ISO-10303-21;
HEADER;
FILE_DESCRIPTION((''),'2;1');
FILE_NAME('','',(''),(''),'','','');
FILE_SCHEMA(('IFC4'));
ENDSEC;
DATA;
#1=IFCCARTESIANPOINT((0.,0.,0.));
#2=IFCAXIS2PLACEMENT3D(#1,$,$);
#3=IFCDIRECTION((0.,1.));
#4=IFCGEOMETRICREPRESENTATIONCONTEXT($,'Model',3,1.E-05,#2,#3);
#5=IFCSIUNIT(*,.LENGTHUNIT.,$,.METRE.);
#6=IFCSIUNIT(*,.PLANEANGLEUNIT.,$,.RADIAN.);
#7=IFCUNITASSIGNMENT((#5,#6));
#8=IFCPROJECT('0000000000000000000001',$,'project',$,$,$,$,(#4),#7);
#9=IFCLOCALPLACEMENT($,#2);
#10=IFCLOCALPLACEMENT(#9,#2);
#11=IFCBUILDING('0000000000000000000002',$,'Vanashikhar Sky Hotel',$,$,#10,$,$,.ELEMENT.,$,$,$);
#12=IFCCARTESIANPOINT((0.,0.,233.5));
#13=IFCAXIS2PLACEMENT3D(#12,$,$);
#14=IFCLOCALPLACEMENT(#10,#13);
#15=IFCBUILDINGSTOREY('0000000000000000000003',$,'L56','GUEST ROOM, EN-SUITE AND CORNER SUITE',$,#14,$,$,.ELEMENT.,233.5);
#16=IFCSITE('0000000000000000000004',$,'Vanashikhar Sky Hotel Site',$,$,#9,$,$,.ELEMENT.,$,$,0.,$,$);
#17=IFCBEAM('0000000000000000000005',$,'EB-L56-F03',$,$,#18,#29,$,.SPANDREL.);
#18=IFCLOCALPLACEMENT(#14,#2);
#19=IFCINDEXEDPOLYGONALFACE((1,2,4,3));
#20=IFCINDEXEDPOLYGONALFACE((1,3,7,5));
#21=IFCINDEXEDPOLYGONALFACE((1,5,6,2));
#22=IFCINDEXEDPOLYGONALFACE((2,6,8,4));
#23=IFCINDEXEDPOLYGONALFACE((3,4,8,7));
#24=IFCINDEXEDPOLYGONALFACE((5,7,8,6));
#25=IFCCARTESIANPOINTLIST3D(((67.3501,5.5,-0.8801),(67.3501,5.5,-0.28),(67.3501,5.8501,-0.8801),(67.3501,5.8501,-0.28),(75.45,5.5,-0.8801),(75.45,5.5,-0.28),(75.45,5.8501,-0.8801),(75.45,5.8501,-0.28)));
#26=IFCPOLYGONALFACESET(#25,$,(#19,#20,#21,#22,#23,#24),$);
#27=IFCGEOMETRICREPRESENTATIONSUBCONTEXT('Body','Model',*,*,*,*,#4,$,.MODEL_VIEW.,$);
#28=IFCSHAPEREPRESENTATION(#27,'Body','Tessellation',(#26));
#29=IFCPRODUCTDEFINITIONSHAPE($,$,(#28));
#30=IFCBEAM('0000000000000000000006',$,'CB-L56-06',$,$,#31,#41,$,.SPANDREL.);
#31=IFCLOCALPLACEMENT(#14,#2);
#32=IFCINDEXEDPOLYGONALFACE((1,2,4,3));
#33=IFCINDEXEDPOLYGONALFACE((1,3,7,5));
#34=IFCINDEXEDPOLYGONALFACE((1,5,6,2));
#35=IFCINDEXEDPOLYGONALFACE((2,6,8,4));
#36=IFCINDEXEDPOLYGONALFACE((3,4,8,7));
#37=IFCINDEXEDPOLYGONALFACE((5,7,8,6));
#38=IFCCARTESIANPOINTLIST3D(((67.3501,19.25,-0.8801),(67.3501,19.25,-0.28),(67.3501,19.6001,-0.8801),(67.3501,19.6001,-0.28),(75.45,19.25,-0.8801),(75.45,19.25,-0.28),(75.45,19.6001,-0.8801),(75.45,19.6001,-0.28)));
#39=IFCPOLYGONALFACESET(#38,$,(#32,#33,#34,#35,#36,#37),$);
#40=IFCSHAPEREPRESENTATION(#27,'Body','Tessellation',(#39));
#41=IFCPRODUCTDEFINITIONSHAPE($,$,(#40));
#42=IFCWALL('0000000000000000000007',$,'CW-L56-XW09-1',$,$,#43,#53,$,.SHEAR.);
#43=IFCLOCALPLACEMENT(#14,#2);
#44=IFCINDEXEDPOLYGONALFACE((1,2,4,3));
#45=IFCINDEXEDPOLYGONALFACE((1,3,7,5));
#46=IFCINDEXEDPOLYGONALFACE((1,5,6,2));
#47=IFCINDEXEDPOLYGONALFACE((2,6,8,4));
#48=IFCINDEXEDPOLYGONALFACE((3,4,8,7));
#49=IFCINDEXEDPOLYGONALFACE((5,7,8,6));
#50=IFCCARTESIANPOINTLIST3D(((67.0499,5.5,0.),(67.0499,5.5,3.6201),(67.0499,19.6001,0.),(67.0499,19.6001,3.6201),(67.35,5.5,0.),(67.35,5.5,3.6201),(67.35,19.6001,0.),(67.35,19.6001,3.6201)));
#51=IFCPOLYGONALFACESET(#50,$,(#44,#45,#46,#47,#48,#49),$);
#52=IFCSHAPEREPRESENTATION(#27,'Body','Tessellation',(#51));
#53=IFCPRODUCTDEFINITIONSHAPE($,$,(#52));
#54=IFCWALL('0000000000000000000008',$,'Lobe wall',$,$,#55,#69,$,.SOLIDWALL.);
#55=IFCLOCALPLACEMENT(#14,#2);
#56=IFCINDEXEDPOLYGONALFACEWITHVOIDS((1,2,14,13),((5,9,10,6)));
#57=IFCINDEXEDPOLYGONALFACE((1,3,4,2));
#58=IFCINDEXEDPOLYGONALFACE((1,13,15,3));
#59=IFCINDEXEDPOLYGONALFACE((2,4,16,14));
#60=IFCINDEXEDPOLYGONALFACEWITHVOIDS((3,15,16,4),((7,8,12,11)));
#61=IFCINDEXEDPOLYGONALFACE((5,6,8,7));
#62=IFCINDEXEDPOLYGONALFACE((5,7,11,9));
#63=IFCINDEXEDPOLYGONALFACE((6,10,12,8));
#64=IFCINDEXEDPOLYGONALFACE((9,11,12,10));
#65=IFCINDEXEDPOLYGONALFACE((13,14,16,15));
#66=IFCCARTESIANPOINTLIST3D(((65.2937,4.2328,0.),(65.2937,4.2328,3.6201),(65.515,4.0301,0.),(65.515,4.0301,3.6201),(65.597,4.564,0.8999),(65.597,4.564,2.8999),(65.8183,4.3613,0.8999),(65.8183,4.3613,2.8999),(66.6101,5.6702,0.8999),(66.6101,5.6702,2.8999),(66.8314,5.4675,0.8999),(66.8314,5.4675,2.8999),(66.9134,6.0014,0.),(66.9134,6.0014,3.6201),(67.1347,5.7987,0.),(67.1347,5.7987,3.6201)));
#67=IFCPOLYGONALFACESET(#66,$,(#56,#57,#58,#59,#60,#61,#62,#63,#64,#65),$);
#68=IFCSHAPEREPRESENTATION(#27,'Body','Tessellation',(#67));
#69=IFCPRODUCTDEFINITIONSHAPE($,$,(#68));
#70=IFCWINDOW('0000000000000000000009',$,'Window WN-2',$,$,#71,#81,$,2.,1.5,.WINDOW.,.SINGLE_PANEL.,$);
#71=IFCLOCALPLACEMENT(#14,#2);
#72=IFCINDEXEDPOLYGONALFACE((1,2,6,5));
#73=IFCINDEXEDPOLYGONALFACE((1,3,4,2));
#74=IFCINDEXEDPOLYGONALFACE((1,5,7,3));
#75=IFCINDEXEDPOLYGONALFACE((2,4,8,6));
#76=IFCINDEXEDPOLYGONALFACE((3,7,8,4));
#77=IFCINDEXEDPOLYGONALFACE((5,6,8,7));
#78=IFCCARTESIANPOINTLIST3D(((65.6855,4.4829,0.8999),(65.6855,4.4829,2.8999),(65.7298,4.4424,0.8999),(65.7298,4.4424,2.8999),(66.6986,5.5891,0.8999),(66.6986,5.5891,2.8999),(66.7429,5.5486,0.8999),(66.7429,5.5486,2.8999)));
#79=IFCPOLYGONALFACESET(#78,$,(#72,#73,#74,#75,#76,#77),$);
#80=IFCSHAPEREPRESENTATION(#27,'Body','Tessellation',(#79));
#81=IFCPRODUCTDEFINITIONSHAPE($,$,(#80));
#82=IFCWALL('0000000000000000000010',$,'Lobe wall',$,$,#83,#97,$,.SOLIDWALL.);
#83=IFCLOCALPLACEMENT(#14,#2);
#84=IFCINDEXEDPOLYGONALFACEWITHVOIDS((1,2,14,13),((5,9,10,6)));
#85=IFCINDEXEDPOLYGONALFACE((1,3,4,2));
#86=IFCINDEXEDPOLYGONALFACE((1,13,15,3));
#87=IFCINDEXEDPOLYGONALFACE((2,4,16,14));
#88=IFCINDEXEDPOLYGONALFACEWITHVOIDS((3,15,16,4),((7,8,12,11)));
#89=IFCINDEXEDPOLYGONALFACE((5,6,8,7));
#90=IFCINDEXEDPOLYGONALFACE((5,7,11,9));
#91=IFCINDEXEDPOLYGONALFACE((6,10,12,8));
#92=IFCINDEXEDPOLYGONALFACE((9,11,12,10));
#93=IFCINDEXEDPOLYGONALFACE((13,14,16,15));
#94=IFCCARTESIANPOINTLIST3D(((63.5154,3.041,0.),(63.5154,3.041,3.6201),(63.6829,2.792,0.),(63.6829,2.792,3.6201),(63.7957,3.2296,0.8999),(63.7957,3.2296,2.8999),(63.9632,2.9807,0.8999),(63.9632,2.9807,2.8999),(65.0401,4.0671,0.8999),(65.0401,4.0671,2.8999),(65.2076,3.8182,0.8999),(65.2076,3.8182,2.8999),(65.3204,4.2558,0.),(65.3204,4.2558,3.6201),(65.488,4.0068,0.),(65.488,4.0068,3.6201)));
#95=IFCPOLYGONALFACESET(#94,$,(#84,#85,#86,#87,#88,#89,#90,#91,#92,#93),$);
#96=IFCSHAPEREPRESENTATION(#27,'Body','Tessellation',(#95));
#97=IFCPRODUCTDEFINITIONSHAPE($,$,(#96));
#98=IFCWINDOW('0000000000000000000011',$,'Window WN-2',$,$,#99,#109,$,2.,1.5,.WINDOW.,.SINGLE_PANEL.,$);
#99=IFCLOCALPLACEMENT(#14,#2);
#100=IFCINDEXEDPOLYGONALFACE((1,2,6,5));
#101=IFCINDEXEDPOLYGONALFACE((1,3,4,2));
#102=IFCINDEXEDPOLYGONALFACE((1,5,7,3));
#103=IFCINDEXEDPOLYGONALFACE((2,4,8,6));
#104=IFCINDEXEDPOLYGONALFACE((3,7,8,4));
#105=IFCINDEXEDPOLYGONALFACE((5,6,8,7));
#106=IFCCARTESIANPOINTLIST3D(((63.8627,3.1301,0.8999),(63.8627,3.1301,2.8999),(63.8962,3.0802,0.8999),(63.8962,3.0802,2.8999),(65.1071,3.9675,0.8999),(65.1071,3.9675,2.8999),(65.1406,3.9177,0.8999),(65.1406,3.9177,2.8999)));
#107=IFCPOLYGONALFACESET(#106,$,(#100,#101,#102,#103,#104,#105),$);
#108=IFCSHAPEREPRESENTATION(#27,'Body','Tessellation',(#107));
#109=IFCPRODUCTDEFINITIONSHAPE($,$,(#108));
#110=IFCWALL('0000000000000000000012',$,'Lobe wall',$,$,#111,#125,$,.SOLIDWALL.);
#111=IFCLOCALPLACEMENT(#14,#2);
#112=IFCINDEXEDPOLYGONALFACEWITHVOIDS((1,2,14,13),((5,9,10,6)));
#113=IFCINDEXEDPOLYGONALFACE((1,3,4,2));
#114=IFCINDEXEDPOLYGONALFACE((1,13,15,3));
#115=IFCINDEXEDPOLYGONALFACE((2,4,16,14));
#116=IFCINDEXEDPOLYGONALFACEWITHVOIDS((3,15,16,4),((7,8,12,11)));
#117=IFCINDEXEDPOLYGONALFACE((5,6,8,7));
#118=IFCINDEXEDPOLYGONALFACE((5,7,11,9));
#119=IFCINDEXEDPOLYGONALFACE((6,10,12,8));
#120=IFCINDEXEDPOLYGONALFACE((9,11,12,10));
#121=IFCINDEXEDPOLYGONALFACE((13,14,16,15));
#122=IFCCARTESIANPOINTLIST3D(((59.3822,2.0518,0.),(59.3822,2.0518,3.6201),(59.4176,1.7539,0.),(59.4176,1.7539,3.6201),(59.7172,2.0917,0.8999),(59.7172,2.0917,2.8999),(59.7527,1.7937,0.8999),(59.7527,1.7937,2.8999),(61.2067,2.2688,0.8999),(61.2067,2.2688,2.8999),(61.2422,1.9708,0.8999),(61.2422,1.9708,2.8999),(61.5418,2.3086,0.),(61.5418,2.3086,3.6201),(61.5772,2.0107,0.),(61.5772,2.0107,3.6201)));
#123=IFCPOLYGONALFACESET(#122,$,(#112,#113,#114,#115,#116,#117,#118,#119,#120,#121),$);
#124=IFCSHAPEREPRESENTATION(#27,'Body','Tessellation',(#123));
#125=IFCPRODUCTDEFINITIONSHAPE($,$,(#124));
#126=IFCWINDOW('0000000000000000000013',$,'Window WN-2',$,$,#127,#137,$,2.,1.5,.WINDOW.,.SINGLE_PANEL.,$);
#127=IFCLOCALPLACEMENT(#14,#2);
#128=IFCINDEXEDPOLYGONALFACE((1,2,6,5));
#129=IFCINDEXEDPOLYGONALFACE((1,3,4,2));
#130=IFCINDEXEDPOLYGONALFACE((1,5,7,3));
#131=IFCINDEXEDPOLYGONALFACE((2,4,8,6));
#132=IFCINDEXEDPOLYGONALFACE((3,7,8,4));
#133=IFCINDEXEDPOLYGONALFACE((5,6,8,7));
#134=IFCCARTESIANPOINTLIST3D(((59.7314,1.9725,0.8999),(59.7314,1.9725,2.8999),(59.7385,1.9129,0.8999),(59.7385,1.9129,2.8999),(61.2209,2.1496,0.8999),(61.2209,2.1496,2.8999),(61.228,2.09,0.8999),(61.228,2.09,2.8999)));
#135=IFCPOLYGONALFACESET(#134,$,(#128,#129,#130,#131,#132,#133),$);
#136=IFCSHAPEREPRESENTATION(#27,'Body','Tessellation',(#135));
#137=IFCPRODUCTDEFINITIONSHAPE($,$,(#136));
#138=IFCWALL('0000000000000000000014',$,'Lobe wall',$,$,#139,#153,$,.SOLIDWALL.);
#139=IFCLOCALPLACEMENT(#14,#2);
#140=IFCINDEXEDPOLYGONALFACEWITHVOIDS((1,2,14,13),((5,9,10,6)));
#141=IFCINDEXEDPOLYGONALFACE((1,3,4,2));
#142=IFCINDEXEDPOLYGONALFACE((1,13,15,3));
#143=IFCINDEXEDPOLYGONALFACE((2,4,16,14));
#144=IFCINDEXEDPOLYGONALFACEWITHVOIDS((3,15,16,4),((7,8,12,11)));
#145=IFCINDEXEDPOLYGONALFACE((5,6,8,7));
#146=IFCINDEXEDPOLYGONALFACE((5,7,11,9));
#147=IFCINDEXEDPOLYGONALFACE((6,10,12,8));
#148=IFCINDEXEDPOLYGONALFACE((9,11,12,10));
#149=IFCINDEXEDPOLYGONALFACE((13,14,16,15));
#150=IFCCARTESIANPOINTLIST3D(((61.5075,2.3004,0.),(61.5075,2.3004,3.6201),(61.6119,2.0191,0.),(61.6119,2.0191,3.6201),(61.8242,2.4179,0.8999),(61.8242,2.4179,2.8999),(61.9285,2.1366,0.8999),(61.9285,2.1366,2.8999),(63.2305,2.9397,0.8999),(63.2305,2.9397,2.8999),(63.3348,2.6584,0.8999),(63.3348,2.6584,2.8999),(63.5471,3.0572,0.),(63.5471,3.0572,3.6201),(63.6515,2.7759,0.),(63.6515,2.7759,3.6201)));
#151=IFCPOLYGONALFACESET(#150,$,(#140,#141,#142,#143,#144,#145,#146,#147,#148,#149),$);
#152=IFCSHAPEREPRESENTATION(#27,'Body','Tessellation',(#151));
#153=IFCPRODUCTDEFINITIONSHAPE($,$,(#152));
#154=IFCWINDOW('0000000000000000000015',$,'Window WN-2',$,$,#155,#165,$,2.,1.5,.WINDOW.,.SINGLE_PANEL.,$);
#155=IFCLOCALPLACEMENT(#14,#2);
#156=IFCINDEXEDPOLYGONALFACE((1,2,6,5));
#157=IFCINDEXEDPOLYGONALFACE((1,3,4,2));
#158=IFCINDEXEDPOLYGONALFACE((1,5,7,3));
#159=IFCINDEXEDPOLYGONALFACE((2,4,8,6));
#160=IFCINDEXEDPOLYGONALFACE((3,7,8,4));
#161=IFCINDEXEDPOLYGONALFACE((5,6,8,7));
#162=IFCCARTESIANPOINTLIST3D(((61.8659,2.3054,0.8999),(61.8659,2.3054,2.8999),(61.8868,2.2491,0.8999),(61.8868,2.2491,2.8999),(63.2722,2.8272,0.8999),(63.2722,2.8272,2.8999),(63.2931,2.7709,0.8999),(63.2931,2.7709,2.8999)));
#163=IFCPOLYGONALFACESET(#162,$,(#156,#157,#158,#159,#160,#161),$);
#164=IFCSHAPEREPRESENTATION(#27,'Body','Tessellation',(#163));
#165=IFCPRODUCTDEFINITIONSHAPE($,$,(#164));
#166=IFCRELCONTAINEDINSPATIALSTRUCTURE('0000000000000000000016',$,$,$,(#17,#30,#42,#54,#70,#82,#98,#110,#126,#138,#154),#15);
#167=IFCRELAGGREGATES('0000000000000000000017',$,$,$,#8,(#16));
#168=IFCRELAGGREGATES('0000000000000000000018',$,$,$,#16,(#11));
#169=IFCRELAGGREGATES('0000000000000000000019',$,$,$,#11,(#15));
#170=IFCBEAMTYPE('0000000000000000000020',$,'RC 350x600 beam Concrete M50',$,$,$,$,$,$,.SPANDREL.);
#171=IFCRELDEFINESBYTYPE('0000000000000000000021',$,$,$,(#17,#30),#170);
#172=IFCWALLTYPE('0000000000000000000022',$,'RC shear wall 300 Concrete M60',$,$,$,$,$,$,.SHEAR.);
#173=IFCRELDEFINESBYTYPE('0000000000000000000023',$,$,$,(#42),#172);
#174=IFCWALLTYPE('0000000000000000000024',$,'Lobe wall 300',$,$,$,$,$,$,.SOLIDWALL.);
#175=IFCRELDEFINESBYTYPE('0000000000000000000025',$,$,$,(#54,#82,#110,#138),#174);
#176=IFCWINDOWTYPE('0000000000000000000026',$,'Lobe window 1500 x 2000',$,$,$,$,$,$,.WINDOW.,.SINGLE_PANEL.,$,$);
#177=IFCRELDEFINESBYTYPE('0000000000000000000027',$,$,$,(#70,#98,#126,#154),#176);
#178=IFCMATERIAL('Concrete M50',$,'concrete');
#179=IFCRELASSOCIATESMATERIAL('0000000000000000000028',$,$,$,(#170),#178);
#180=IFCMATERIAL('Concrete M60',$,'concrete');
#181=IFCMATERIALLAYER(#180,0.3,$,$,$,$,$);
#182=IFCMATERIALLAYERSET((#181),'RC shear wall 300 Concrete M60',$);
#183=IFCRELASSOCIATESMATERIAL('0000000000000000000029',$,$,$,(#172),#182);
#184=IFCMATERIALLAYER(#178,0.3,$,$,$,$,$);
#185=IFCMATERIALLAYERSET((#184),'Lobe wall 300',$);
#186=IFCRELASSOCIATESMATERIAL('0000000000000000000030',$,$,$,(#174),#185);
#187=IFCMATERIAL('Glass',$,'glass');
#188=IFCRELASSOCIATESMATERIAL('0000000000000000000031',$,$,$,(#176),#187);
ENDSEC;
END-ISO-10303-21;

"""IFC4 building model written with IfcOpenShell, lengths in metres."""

from ifc_helpers import new_model, si_unit, direction, frame, frame_2d, origin, origin_2d, place, context, subcontext, project, spatial, rectangle, extrude, source, transform, mapped, material, layer, layer_set, material_profile, profile_set, type_object, element, fill, save


model = new_model("IFC4")

# Units and contexts
model_context = context("Model", 3, precision=1e-05, world=origin(), true_north=direction((0.0, 1.0)))
body_context = subcontext(model_context, "Body", "Model", "MODEL_VIEW")
ifc_project = project(units=[si_unit("LENGTHUNIT", "METRE"), si_unit("PLANEANGLEUNIT", "RADIAN")], contexts=[model_context])

# Site, building, storey
site_placement = place(None, origin())
site = spatial("IfcSite", under=ifc_project, at=site_placement, Name="Vanashikhar Sky Hotel Site", CompositionType="ELEMENT", RefElevation=0.0)
building_placement = place(site_placement, origin())
building = spatial("IfcBuilding", under=site, at=building_placement, Name="Vanashikhar Sky Hotel", CompositionType="ELEMENT")
storey_placement = place(building_placement, frame((0.0, 0.0, 233.5)))
storey = spatial("IfcBuildingStorey", under=building, at=storey_placement, Name="L56", Description="GUEST ROOM, EN-SUITE AND CORNER SUITE", CompositionType="ELEMENT", Elevation=233.5)

# Beams
ifc_material_1 = material(Name="Concrete M50", Category="concrete")
ifc_material_profile_1 = material_profile(ifc_material_1, rectangle(XDim=0.3501, YDim=0.6001, at=origin_2d()))
ifc_profile_set_1 = profile_set([ifc_material_profile_1], Name="RC 350x600 beam Concrete M50")
beam_type = type_object("IfcBeamType", Name="RC 350x600 beam Concrete M50", PredefinedType="SPANDREL", material=ifc_profile_set_1)
shared_shape_1 = source(origin(), body_context, "Body", "SweptSolid", [
    extrude(rectangle(XDim=0.3501, YDim=0.6001, at=origin_2d()), origin(), (0.0, 0.0, 1.0), 8.0999),
])
for number, where, z_axis, x_axis, name in (
    (1, (67.3501, 5.675, -0.5801), (1.0, 0.0, 0.0), (0.0, 1.0, 0.0), "EB-L56-F03"),
    (2, (67.3501, 19.425, -0.5801), (1.0, 0.0, 0.0), (0.0, 1.0, 0.0), "CB-L56-06"),
):
    element("IfcBeam", number, at=place(storey_placement, frame(where, z_axis=z_axis, x_axis=x_axis)), inside=storey, type_object=beam_type, Name=name, PredefinedType="SPANDREL", context=body_context, shape_type="MappedRepresentation", body=[
        mapped(shared_shape_1, transform((0.0, 0.0, 0.0), scale=1.0)),
    ])

# Wall
ifc_material_2 = material(Name="Concrete M60", Category="concrete")
ifc_layer_1 = layer(ifc_material_2, 0.3)
ifc_layer_set_1 = layer_set([ifc_layer_1], Name="RC shear wall 300 Concrete M60")
wall_type_1 = type_object("IfcWallType", Name="RC shear wall 300 Concrete M60", PredefinedType="SHEAR", material=ifc_layer_set_1)
shared_shape_2 = source(origin(), body_context, "Body", "SweptSolid", [
    extrude(rectangle(XDim=14.1001, YDim=0.3, at=frame_2d((7.05, 0.0))), origin(), (0.0, 0.0, 1.0), 3.6201),
])
wall_1_placement = place(storey_placement, frame((67.2, 5.5, 0.0), z_axis=(0.0, 0.0, 1.0), x_axis=(0.0, 1.0, 0.0)))
element("IfcWall", 3, at=wall_1_placement, inside=storey, type_object=wall_type_1, Name="CW-L56-XW09-1", PredefinedType="SHEAR", context=body_context, shape_type="MappedRepresentation", body=[
    mapped(shared_shape_2, transform((0.0, 0.0, 0.0), scale=1.0)),
])

# Shared definitions
ifc_material_3 = material(Name="Glass", Category="glass")

# Walls, openings, windows
ifc_layer_2 = layer(ifc_material_1, 0.3)
ifc_layer_set_2 = layer_set([ifc_layer_2], Name="Lobe wall 300")
wall_type_2 = type_object("IfcWallType", Name="Lobe wall 300", PredefinedType="SOLIDWALL", material=ifc_layer_set_2)
shared_shape_3 = source(origin(), body_context, "Body", "SweptSolid", [
    extrude(rectangle(XDim=2.3982, YDim=0.3, at=frame_2d((1.1992, 0.0))), origin(), (0.0, 0.0, 1.0), 3.6201),
])
wall_2_placement = place(storey_placement, frame((65.4043, 4.1313, 0.0), z_axis=(0.0, 0.0, 1.0), x_axis=(0.675374, 0.737475, 0.0)))
wall_2 = element("IfcWall", 4, at=wall_2_placement, inside=storey, type_object=wall_type_2, Name="Lobe wall", PredefinedType="SOLIDWALL", context=body_context, shape_type="MappedRepresentation", body=[
    mapped(shared_shape_3, transform((0.0, 0.0, 0.0), scale=1.0)),
])
shared_shape_4 = source(origin(), body_context, "Body", "SweptSolid", [
    extrude(rectangle(XDim=1.5, YDim=2.0, at=frame_2d((0.75, 1.0))), frame((0.0, 0.1602, 0.0), z_axis=(0.0, -1.0, 0.0), x_axis=(1.0, 0.0, 0.0)), (0.0, 0.0, 1.0), 0.3201),
])
opening_1_placement = place(wall_2_placement, frame((0.4492, 0.0, 0.8999)))
opening_1 = element("IfcOpeningElement", 5, at=opening_1_placement, cuts=wall_2, PredefinedType="OPENING", context=body_context, shape_type="MappedRepresentation", body=[
    mapped(shared_shape_4, transform((0.0, 0.0, 0.0), scale=1.0)),
])
window_type_1 = type_object("IfcWindowType", Name="Lobe window 1500 x 2000", PartitioningType="SINGLE_PANEL", PredefinedType="WINDOW", material=ifc_material_3)
shared_shape_5 = source(origin(), body_context, "Body", "SweptSolid", [
    extrude(rectangle(XDim=1.5, YDim=2.0, at=frame_2d((0.75, 1.0))), frame((0.0, 0.03, 0.0), z_axis=(0.0, -1.0, 0.0), x_axis=(1.0, 0.0, 0.0)), (0.0, 0.0, 1.0), 0.0601),
])
window_1_placement = place(opening_1_placement, origin())
window_1 = element("IfcWindow", 6, at=window_1_placement, inside=storey, type_object=window_type_1, Name="Window WN-2", OverallHeight=2.0, OverallWidth=1.5, PartitioningType="SINGLE_PANEL", PredefinedType="WINDOW", context=body_context, shape_type="MappedRepresentation", body=[
    mapped(shared_shape_5, transform((0.0, 0.0, 0.0), scale=1.0)),
])
fill(opening_1, window_1)
shared_shape_6 = source(origin(), body_context, "Body", "SweptSolid", [
    extrude(rectangle(XDim=2.1758, YDim=0.3, at=frame_2d((1.0879, 0.0))), origin(), (0.0, 0.0, 1.0), 3.6201),
])
wall_3_placement = place(storey_placement, frame((63.5991, 2.9165, 0.0), z_axis=(0.0, 0.0, 1.0), x_axis=(0.829626, 0.55832, 0.0)))
wall_3 = element("IfcWall", 7, at=wall_3_placement, inside=storey, type_object=wall_type_2, Name="Lobe wall", PredefinedType="SOLIDWALL", context=body_context, shape_type="MappedRepresentation", body=[
    mapped(shared_shape_6, transform((0.0, 0.0, 0.0), scale=1.0)),
])
opening_2_placement = place(wall_3_placement, frame((0.3379, 0.0, 0.8999)))
opening_2 = element("IfcOpeningElement", 8, at=opening_2_placement, cuts=wall_3, PredefinedType="OPENING", context=body_context, shape_type="MappedRepresentation", body=[
    mapped(shared_shape_4, transform((0.0, 0.0, 0.0), scale=1.0)),
])
window_2_placement = place(opening_2_placement, origin())
window_2 = element("IfcWindow", 9, at=window_2_placement, inside=storey, type_object=window_type_1, Name="Window WN-2", OverallHeight=2.0, OverallWidth=1.5, PartitioningType="SINGLE_PANEL", PredefinedType="WINDOW", context=body_context, shape_type="MappedRepresentation", body=[
    mapped(shared_shape_5, transform((0.0, 0.0, 0.0), scale=1.0)),
])
fill(opening_2, window_2)
shared_shape_7 = source(origin(), body_context, "Body", "SweptSolid", [
    extrude(rectangle(XDim=2.1748, YDim=0.3, at=frame_2d((1.0874, 0.0))), origin(), (0.0, 0.0, 1.0), 3.6201),
])
wall_4_placement = place(storey_placement, frame((59.3999, 1.9028, 0.0), z_axis=(0.0, 0.0, 1.0), x_axis=(0.993003, 0.118092, 0.0)))
wall_4 = element("IfcWall", 10, at=wall_4_placement, inside=storey, type_object=wall_type_2, Name="Lobe wall", PredefinedType="SOLIDWALL", context=body_context, shape_type="MappedRepresentation", body=[
    mapped(shared_shape_7, transform((0.0, 0.0, 0.0), scale=1.0)),
])
opening_3_placement = place(wall_4_placement, frame((0.3374, 0.0, 0.8999)))
opening_3 = element("IfcOpeningElement", 11, at=opening_3_placement, cuts=wall_4, PredefinedType="OPENING", context=body_context, shape_type="MappedRepresentation", body=[
    mapped(shared_shape_4, transform((0.0, 0.0, 0.0), scale=1.0)),
])
window_3_placement = place(opening_3_placement, origin())
window_3 = element("IfcWindow", 12, at=window_3_placement, inside=storey, type_object=window_type_1, Name="Window WN-2", OverallHeight=2.0, OverallWidth=1.5, PartitioningType="SINGLE_PANEL", PredefinedType="WINDOW", context=body_context, shape_type="MappedRepresentation", body=[
    mapped(shared_shape_5, transform((0.0, 0.0, 0.0), scale=1.0)),
])
fill(opening_3, window_3)
shared_shape_8 = source(origin(), body_context, "Body", "SweptSolid", [
    extrude(rectangle(XDim=2.1755, YDim=0.3, at=frame_2d((1.0879, 0.0))), origin(), (0.0, 0.0, 1.0), 3.6201),
])
wall_5_placement = place(storey_placement, frame((61.5596, 2.1597, 0.0), z_axis=(0.0, 0.0, 1.0), x_axis=(0.937532, 0.347899, 0.0)))
wall_5 = element("IfcWall", 13, at=wall_5_placement, inside=storey, type_object=wall_type_2, Name="Lobe wall", PredefinedType="SOLIDWALL", context=body_context, shape_type="MappedRepresentation", body=[
    mapped(shared_shape_8, transform((0.0, 0.0, 0.0), scale=1.0)),
])
opening_4_placement = place(wall_5_placement, frame((0.3379, 0.0, 0.8999)))
opening_4 = element("IfcOpeningElement", 14, at=opening_4_placement, cuts=wall_5, PredefinedType="OPENING", context=body_context, shape_type="MappedRepresentation", body=[
    mapped(shared_shape_4, transform((0.0, 0.0, 0.0), scale=1.0)),
])
window_4_placement = place(opening_4_placement, origin())
window_4 = element("IfcWindow", 15, at=window_4_placement, inside=storey, type_object=window_type_1, Name="Window WN-2", OverallHeight=2.0, OverallWidth=1.5, PartitioningType="SINGLE_PANEL", PredefinedType="WINDOW", context=body_context, shape_type="MappedRepresentation", body=[
    mapped(shared_shape_5, transform((0.0, 0.0, 0.0), scale=1.0)),
])
fill(opening_4, window_4)

save(model, "model.ifc")
